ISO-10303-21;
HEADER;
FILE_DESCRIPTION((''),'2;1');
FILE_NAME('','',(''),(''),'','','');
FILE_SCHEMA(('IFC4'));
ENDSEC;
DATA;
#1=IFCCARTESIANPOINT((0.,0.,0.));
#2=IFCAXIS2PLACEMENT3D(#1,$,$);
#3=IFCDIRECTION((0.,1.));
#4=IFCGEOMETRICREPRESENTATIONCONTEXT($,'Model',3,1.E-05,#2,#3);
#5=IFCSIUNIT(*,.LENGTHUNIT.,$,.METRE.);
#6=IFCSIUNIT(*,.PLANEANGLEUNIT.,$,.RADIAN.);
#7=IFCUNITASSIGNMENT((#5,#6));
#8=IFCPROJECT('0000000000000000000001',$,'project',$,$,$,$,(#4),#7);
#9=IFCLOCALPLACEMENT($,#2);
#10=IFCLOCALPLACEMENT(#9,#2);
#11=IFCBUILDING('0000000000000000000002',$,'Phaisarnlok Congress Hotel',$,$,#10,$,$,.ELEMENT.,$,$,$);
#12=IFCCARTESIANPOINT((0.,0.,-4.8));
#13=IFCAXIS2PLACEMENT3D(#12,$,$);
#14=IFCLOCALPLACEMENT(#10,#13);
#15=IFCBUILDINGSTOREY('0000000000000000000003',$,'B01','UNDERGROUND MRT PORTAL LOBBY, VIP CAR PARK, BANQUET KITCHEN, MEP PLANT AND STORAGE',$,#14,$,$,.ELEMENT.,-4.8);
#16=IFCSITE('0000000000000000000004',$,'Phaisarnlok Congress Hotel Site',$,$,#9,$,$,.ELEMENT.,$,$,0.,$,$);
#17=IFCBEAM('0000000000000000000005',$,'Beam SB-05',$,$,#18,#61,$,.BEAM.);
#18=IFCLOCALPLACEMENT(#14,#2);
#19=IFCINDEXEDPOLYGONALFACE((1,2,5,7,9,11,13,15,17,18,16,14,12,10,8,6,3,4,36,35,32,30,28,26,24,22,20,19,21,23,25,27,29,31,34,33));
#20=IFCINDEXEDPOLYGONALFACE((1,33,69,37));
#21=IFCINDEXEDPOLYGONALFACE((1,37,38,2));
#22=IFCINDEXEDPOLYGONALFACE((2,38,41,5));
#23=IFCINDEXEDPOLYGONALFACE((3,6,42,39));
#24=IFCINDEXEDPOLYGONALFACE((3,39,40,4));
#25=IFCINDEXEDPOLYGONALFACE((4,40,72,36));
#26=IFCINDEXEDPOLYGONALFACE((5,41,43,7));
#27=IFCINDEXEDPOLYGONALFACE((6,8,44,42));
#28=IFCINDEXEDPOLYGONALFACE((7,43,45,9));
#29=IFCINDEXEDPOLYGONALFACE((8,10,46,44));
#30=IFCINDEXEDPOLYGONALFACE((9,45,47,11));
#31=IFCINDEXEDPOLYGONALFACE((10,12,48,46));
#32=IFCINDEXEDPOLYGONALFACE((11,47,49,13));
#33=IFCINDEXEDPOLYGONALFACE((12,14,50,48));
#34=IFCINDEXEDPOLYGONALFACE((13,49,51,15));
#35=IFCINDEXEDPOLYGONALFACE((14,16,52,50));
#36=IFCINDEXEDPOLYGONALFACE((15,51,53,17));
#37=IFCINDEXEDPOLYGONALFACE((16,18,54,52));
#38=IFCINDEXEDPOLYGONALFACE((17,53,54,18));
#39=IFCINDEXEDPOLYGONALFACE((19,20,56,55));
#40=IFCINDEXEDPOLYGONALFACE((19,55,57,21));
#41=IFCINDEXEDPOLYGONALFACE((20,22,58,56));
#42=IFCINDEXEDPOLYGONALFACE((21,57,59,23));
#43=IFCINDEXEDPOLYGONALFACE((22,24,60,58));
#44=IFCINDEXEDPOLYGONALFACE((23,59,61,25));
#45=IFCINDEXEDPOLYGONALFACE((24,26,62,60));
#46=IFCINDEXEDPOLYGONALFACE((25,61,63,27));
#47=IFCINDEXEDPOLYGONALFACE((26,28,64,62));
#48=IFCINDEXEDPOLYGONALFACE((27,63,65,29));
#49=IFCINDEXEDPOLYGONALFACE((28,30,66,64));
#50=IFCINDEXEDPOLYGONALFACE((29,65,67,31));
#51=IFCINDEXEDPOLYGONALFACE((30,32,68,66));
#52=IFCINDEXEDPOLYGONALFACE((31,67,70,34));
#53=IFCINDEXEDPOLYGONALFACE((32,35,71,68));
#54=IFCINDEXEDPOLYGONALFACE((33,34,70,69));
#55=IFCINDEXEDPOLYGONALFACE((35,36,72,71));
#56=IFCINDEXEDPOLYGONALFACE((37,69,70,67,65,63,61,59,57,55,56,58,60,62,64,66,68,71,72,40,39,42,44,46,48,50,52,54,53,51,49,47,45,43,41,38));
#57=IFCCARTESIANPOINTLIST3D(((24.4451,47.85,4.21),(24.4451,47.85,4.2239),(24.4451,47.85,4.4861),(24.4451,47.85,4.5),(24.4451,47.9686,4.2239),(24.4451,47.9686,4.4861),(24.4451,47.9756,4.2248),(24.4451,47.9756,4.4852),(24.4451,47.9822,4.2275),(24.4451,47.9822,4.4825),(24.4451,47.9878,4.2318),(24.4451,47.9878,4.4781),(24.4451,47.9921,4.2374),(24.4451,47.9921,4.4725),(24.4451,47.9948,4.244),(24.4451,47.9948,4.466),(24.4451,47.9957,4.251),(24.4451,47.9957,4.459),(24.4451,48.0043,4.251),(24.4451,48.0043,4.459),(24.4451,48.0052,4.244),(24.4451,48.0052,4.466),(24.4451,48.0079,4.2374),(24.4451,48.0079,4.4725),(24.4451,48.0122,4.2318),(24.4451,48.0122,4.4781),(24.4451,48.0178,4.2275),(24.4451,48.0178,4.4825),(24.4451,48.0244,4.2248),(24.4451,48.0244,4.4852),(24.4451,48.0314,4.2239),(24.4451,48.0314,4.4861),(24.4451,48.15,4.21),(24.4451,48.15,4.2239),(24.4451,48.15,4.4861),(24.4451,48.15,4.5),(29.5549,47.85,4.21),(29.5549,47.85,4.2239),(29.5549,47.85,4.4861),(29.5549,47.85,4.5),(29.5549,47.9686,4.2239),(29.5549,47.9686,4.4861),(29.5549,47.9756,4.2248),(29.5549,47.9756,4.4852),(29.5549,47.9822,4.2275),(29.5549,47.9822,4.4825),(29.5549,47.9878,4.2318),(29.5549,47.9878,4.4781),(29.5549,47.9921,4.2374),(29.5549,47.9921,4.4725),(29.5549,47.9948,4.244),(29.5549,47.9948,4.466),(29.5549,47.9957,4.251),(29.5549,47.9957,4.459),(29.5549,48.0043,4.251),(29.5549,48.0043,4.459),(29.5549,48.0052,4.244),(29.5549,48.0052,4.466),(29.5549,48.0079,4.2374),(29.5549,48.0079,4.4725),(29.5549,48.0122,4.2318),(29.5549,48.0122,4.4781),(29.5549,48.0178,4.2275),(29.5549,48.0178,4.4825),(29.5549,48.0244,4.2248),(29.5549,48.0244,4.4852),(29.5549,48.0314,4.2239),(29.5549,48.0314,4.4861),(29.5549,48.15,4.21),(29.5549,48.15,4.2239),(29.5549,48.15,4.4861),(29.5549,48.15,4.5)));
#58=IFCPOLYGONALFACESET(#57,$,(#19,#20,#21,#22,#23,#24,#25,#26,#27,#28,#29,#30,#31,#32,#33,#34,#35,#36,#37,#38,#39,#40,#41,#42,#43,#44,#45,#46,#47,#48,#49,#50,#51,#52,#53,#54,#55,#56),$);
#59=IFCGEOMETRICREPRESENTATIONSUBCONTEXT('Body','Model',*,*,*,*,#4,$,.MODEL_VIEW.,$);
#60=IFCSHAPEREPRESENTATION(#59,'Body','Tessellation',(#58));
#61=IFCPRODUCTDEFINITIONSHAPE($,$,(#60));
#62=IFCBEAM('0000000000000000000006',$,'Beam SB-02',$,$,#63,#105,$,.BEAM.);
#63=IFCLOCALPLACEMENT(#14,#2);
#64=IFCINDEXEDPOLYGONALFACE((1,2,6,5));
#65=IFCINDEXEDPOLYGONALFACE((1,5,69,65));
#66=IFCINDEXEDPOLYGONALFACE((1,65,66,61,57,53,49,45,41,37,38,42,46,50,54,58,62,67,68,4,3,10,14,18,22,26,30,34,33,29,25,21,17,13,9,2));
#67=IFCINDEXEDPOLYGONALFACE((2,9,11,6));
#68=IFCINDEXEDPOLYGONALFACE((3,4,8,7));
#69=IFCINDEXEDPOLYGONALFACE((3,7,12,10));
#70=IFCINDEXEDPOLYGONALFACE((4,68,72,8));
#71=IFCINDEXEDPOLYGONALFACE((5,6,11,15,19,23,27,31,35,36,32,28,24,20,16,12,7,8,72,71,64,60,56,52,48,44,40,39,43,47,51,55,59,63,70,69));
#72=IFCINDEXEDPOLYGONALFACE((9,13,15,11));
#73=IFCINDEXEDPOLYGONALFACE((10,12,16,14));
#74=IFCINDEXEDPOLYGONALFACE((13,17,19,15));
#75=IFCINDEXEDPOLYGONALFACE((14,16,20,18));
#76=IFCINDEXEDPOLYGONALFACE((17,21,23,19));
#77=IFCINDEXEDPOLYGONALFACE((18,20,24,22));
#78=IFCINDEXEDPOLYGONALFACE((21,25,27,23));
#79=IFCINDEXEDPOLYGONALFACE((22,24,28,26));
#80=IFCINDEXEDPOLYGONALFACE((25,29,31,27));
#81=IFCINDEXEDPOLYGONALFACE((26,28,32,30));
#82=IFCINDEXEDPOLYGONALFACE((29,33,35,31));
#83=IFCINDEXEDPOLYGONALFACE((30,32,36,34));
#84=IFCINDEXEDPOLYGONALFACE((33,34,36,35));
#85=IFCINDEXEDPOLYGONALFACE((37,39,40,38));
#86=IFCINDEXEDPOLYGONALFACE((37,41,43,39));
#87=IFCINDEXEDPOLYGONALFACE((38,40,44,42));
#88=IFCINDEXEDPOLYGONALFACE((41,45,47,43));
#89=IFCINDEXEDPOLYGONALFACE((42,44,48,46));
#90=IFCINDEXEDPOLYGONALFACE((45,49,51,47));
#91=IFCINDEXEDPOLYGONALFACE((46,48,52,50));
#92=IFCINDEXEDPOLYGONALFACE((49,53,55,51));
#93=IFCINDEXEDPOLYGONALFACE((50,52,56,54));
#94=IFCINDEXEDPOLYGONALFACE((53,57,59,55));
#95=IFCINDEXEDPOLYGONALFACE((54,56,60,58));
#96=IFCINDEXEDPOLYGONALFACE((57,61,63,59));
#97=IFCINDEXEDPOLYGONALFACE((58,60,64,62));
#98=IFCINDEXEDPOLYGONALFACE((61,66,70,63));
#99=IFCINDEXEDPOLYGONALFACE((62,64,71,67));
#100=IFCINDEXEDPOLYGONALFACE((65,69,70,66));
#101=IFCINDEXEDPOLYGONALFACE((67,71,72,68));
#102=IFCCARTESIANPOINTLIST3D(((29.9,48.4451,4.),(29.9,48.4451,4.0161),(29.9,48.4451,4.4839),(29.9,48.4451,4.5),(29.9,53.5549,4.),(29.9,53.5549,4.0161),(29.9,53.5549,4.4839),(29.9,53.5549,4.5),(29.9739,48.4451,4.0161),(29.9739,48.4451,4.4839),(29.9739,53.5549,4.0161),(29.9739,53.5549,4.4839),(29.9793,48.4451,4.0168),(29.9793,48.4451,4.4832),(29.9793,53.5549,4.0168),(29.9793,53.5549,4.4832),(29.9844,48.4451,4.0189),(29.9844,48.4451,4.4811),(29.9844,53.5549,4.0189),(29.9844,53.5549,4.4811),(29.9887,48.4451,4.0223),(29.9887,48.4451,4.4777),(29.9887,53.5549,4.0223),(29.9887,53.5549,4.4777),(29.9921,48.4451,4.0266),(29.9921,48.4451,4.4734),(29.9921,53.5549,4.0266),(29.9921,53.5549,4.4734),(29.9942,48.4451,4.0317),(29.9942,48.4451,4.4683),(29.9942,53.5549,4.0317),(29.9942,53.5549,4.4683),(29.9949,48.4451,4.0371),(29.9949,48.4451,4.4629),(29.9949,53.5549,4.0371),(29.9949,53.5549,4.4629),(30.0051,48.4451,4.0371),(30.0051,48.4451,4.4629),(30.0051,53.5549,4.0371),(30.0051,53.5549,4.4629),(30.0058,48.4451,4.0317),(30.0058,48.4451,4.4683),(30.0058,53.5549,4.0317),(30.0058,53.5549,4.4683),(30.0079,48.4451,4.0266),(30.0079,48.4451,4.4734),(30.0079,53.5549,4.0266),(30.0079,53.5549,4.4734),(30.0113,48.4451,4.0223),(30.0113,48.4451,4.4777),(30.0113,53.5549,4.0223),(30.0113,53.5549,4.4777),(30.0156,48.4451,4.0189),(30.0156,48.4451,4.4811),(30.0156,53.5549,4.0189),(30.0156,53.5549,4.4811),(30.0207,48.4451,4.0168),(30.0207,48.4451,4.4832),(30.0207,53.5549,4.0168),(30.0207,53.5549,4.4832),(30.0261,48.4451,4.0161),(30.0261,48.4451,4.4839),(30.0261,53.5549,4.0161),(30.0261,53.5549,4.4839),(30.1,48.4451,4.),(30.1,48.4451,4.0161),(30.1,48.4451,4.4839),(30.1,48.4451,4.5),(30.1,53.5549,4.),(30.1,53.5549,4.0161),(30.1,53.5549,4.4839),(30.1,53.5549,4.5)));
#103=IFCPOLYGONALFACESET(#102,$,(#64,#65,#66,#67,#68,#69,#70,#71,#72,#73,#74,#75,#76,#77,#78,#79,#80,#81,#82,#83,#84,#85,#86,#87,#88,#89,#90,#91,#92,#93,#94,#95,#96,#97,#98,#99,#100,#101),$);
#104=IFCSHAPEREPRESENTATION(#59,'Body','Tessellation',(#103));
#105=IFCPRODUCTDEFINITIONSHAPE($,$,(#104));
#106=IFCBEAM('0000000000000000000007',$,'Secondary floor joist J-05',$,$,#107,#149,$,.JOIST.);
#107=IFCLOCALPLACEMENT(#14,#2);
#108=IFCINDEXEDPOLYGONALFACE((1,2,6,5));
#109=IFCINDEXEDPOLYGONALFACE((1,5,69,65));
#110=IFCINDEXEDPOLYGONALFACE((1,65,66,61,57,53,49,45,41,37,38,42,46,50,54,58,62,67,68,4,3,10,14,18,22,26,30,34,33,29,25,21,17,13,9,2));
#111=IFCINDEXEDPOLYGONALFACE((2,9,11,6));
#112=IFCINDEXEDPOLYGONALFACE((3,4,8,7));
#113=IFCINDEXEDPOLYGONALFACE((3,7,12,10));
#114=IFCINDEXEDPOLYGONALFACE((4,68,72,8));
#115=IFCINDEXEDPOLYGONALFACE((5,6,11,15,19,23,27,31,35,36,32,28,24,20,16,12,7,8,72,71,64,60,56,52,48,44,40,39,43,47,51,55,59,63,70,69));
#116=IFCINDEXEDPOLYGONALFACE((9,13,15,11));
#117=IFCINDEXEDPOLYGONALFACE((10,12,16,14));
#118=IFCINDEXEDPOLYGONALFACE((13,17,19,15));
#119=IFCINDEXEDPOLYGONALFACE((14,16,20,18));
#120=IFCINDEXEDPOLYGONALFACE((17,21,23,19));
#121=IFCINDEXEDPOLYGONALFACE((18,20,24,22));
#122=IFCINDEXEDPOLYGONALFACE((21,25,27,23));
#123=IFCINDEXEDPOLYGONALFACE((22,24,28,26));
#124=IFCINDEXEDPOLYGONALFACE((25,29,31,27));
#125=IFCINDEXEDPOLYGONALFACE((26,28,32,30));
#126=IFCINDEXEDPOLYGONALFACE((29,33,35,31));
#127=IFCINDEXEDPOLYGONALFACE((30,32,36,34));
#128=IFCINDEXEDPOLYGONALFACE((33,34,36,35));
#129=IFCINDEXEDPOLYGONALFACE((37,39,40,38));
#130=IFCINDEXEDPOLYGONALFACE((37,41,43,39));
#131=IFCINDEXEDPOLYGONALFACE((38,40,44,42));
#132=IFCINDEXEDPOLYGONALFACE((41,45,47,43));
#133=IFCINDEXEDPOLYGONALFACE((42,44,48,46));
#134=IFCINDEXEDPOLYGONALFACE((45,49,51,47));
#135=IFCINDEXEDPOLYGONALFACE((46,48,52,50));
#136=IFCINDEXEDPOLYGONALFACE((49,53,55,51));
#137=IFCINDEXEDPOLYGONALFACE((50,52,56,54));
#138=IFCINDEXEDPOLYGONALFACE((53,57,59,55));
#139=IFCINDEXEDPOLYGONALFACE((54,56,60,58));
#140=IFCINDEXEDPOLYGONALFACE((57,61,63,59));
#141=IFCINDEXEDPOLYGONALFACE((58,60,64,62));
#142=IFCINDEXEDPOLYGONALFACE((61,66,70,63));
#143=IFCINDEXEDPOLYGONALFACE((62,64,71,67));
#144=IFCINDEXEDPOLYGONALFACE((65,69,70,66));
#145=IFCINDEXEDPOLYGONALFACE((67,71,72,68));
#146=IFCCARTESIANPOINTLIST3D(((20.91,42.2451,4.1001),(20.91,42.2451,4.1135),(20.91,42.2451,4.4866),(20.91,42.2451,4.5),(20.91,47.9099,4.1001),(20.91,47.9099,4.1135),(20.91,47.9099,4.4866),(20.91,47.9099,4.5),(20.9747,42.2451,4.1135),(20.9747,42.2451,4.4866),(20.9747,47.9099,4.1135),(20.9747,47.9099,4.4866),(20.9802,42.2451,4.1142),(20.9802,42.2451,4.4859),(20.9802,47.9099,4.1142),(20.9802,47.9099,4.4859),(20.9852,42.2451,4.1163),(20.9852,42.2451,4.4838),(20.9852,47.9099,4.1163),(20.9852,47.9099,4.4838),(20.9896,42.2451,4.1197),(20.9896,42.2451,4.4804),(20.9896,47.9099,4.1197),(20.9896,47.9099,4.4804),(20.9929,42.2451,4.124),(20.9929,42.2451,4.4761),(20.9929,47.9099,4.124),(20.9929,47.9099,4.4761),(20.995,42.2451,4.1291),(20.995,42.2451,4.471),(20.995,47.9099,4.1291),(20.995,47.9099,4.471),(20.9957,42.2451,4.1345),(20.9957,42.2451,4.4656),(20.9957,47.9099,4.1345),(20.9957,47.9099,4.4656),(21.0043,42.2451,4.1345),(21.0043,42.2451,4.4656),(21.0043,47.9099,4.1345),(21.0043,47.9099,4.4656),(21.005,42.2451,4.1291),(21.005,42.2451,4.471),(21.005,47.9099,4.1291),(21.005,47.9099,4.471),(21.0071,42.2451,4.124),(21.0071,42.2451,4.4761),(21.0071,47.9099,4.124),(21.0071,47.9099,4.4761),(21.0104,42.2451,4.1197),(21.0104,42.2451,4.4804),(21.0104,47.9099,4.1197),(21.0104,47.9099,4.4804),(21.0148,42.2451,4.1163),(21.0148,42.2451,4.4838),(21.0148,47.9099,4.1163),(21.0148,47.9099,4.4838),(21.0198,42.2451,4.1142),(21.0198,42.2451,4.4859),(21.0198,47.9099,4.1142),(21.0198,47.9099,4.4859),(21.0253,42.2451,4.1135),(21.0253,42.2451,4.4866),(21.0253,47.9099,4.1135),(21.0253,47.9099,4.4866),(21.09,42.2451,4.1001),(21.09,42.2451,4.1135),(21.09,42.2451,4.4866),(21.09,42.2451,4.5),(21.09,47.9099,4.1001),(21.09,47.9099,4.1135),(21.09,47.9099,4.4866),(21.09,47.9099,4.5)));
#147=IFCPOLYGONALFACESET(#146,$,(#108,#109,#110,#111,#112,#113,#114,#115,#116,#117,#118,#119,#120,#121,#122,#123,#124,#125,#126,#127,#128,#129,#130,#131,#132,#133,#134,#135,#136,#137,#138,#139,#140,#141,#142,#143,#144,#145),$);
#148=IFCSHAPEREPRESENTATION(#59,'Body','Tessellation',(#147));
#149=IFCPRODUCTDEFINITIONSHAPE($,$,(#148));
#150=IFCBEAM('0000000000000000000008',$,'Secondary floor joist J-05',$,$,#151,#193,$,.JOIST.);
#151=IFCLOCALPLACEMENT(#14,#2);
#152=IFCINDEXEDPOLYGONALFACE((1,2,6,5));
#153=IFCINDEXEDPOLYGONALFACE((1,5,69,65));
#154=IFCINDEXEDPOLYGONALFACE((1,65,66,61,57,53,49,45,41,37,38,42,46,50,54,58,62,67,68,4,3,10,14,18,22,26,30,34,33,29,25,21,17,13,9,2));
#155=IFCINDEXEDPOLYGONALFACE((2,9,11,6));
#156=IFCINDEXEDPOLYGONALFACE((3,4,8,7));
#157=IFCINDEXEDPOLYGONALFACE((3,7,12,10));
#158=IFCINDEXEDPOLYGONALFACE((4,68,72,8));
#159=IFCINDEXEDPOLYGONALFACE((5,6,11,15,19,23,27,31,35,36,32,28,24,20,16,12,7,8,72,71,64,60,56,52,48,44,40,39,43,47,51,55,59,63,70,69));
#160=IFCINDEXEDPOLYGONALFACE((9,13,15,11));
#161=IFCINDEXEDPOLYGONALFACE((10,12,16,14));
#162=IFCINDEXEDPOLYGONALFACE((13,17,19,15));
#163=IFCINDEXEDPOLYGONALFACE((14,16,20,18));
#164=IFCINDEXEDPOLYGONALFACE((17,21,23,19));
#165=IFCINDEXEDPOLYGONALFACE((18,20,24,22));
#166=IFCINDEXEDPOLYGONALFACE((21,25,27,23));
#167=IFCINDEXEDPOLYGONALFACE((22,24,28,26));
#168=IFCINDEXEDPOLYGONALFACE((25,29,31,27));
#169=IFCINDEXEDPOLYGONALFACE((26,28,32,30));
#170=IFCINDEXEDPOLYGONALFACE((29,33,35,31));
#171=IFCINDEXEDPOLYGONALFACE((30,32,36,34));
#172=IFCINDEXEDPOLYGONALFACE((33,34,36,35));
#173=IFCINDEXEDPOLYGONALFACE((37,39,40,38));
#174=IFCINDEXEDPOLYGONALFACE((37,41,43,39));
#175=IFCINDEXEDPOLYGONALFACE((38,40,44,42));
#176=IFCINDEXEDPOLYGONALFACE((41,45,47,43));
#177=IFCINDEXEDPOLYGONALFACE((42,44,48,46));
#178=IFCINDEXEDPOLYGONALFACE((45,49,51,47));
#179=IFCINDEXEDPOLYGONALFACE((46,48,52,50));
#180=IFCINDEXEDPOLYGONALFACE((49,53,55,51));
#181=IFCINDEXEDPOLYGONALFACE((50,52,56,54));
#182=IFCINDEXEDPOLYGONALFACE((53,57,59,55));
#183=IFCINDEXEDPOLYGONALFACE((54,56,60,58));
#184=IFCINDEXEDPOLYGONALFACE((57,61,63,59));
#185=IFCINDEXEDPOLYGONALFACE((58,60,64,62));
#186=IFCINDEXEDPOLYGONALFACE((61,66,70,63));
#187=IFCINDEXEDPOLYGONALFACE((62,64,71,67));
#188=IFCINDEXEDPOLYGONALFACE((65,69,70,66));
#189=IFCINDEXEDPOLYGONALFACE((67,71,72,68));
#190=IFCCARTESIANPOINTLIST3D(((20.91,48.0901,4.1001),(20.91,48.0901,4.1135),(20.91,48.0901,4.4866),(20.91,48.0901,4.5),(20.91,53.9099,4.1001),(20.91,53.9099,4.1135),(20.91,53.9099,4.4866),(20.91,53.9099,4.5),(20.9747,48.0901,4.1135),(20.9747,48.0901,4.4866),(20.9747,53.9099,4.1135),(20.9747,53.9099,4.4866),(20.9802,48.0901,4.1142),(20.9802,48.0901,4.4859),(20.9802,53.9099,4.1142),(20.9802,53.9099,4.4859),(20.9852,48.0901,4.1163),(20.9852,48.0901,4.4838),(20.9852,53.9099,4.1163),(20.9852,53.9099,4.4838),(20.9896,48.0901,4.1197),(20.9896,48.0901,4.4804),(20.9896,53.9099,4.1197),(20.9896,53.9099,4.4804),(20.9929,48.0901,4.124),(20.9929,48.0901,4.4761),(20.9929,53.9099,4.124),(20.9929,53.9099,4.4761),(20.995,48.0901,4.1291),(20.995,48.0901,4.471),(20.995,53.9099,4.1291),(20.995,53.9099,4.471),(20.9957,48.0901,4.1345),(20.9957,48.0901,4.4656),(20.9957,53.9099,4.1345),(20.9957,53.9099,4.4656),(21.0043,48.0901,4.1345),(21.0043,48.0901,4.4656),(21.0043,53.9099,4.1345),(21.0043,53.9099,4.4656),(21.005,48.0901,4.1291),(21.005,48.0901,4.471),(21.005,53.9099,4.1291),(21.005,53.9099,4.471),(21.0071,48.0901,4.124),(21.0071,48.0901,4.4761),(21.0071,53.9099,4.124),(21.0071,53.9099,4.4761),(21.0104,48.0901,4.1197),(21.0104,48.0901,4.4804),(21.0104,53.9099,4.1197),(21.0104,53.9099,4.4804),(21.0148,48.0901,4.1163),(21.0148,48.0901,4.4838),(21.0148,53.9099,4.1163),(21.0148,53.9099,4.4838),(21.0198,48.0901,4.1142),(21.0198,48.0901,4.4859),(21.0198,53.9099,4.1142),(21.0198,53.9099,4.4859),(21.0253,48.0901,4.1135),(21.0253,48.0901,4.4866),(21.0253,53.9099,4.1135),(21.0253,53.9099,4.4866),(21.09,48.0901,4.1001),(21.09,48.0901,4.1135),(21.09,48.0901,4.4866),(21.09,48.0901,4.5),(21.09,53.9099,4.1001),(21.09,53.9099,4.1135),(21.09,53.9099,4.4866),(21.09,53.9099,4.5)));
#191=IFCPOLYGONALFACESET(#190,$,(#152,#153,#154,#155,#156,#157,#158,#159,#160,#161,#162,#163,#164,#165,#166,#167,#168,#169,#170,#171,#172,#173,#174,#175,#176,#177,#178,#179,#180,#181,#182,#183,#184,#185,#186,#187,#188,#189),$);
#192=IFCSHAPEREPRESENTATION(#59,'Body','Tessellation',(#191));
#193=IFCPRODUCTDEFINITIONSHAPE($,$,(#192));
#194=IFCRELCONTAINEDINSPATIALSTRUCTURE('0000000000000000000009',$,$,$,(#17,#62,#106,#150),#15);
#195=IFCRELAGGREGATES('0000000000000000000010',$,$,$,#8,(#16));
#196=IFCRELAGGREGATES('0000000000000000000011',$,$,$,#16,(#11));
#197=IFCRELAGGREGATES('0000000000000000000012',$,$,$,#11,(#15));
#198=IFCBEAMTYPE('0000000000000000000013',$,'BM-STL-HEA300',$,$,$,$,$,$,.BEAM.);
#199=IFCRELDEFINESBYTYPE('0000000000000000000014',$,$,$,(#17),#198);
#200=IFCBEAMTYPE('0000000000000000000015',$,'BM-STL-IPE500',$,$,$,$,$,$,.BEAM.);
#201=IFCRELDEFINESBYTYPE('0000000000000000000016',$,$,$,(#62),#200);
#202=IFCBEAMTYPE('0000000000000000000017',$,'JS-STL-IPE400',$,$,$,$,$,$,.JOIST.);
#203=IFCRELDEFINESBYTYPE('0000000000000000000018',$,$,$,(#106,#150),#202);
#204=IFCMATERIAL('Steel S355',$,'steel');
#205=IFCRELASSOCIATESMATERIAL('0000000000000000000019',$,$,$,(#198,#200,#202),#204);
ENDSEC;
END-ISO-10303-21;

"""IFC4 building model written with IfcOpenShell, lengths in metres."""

from ifc_helpers import new_model, si_unit, direction, frame, origin, origin_2d, place, context, subcontext, project, spatial, i_section, extrude, material, material_profile, profile_set, type_object, element, save


model = new_model("IFC4")

# Units and contexts
model_context = context("Model", 3, precision=1e-05, world=origin(), true_north=direction((0.0, 1.0)))
body_context = subcontext(model_context, "Body", "Model", "MODEL_VIEW")
ifc_project = project(units=[si_unit("LENGTHUNIT", "METRE"), si_unit("PLANEANGLEUNIT", "RADIAN")], contexts=[model_context])

# Site, building, storey
site_placement = place(None, origin())
site = spatial("IfcSite", under=ifc_project, at=site_placement, Name="Phaisarnlok Congress Hotel Site", CompositionType="ELEMENT", RefElevation=0.0)
building_placement = place(site_placement, origin())
building = spatial("IfcBuilding", under=site, at=building_placement, Name="Phaisarnlok Congress Hotel", CompositionType="ELEMENT")
storey_placement = place(building_placement, frame((0.0, 0.0, -4.8)))
storey = spatial("IfcBuildingStorey", under=building, at=storey_placement, Name="B01", Description="UNDERGROUND MRT PORTAL LOBBY, VIP CAR PARK, BANQUET KITCHEN, MEP PLANT AND STORAGE", CompositionType="ELEMENT", Elevation=-4.8)

# Beams
ifc_material_1 = material(Name="Steel S355", Category="steel")
ifc_material_profile_1 = material_profile(ifc_material_1, i_section(OverallWidth=0.3, OverallDepth=0.29, WebThickness=0.0085, FlangeThickness=0.0139, FilletRadius=0.0271, at=origin_2d()), Name="HEA 300")
ifc_profile_set_1 = profile_set([ifc_material_profile_1], Name="Steel S355")
beam_type_1 = type_object("IfcBeamType", Name="BM-STL-HEA300", PredefinedType="BEAM", material=ifc_profile_set_1)
beam_1_placement = place(storey_placement, frame((24.4451, 48.0, 4.355), z_axis=(1.0, 0.0, 0.0), x_axis=(0.0, 1.0, 0.0)))
element("IfcBeam", 1, at=beam_1_placement, inside=storey, type_object=beam_type_1, Name="Beam SB-05", PredefinedType="BEAM", context=body_context, shape_type="SweptSolid", body=[
    extrude(i_section(OverallWidth=0.3, OverallDepth=0.29, WebThickness=0.0085, FlangeThickness=0.0139, FilletRadius=0.0271, at=origin_2d()), origin(), (0.0, 0.0, 1.0), 5.1099),
])
ifc_material_profile_2 = material_profile(ifc_material_1, i_section(OverallWidth=0.2, OverallDepth=0.5, WebThickness=0.0103, FlangeThickness=0.0161, FilletRadius=0.021, at=origin_2d()), Name="IPE 500")
ifc_profile_set_2 = profile_set([ifc_material_profile_2], Name="Steel S355")
beam_type_2 = type_object("IfcBeamType", Name="BM-STL-IPE500", PredefinedType="BEAM", material=ifc_profile_set_2)
beam_2_placement = place(storey_placement, frame((30.0, 48.4451, 4.25), z_axis=(0.0, 1.0, 0.0), x_axis=(-1.0, 0.0, 0.0)))
element("IfcBeam", 2, at=beam_2_placement, inside=storey, type_object=beam_type_2, Name="Beam SB-02", PredefinedType="BEAM", context=body_context, shape_type="SweptSolid", body=[
    extrude(i_section(OverallWidth=0.2, OverallDepth=0.5, WebThickness=0.0103, FlangeThickness=0.0161, FilletRadius=0.021, at=origin_2d()), origin(), (0.0, 0.0, 1.0), 5.1099),
])
ifc_material_profile_3 = material_profile(ifc_material_1, i_section(OverallWidth=0.1799, OverallDepth=0.3999, WebThickness=0.0085, FlangeThickness=0.0134, FilletRadius=0.021, at=origin_2d()), Name="IPE 400")
ifc_profile_set_3 = profile_set([ifc_material_profile_3], Name="Steel S355")
beam_type_3 = type_object("IfcBeamType", Name="JS-STL-IPE400", PredefinedType="JOIST", material=ifc_profile_set_3)
beam_3_placement = place(storey_placement, frame((21.0, 42.2451, 4.3), z_axis=(0.0, 1.0, 0.0), x_axis=(-1.0, 0.0, 0.0)))
element("IfcBeam", 3, at=beam_3_placement, inside=storey, type_object=beam_type_3, Name="Secondary floor joist J-05", PredefinedType="JOIST", context=body_context, shape_type="SweptSolid", body=[
    extrude(i_section(OverallWidth=0.1799, OverallDepth=0.3999, WebThickness=0.0085, FlangeThickness=0.0134, FilletRadius=0.021, at=origin_2d()), origin(), (0.0, 0.0, 1.0), 5.6648),
])
beam_4_placement = place(storey_placement, frame((21.0, 48.0901, 4.3), z_axis=(0.0, 1.0, 0.0), x_axis=(-1.0, 0.0, 0.0)))
element("IfcBeam", 4, at=beam_4_placement, inside=storey, type_object=beam_type_3, Name="Secondary floor joist J-05", PredefinedType="JOIST", context=body_context, shape_type="SweptSolid", body=[
    extrude(i_section(OverallWidth=0.1799, OverallDepth=0.3999, WebThickness=0.0085, FlangeThickness=0.0134, FilletRadius=0.021, at=origin_2d()), origin(), (0.0, 0.0, 1.0), 5.8198),
])

save(model, "model.ifc")
